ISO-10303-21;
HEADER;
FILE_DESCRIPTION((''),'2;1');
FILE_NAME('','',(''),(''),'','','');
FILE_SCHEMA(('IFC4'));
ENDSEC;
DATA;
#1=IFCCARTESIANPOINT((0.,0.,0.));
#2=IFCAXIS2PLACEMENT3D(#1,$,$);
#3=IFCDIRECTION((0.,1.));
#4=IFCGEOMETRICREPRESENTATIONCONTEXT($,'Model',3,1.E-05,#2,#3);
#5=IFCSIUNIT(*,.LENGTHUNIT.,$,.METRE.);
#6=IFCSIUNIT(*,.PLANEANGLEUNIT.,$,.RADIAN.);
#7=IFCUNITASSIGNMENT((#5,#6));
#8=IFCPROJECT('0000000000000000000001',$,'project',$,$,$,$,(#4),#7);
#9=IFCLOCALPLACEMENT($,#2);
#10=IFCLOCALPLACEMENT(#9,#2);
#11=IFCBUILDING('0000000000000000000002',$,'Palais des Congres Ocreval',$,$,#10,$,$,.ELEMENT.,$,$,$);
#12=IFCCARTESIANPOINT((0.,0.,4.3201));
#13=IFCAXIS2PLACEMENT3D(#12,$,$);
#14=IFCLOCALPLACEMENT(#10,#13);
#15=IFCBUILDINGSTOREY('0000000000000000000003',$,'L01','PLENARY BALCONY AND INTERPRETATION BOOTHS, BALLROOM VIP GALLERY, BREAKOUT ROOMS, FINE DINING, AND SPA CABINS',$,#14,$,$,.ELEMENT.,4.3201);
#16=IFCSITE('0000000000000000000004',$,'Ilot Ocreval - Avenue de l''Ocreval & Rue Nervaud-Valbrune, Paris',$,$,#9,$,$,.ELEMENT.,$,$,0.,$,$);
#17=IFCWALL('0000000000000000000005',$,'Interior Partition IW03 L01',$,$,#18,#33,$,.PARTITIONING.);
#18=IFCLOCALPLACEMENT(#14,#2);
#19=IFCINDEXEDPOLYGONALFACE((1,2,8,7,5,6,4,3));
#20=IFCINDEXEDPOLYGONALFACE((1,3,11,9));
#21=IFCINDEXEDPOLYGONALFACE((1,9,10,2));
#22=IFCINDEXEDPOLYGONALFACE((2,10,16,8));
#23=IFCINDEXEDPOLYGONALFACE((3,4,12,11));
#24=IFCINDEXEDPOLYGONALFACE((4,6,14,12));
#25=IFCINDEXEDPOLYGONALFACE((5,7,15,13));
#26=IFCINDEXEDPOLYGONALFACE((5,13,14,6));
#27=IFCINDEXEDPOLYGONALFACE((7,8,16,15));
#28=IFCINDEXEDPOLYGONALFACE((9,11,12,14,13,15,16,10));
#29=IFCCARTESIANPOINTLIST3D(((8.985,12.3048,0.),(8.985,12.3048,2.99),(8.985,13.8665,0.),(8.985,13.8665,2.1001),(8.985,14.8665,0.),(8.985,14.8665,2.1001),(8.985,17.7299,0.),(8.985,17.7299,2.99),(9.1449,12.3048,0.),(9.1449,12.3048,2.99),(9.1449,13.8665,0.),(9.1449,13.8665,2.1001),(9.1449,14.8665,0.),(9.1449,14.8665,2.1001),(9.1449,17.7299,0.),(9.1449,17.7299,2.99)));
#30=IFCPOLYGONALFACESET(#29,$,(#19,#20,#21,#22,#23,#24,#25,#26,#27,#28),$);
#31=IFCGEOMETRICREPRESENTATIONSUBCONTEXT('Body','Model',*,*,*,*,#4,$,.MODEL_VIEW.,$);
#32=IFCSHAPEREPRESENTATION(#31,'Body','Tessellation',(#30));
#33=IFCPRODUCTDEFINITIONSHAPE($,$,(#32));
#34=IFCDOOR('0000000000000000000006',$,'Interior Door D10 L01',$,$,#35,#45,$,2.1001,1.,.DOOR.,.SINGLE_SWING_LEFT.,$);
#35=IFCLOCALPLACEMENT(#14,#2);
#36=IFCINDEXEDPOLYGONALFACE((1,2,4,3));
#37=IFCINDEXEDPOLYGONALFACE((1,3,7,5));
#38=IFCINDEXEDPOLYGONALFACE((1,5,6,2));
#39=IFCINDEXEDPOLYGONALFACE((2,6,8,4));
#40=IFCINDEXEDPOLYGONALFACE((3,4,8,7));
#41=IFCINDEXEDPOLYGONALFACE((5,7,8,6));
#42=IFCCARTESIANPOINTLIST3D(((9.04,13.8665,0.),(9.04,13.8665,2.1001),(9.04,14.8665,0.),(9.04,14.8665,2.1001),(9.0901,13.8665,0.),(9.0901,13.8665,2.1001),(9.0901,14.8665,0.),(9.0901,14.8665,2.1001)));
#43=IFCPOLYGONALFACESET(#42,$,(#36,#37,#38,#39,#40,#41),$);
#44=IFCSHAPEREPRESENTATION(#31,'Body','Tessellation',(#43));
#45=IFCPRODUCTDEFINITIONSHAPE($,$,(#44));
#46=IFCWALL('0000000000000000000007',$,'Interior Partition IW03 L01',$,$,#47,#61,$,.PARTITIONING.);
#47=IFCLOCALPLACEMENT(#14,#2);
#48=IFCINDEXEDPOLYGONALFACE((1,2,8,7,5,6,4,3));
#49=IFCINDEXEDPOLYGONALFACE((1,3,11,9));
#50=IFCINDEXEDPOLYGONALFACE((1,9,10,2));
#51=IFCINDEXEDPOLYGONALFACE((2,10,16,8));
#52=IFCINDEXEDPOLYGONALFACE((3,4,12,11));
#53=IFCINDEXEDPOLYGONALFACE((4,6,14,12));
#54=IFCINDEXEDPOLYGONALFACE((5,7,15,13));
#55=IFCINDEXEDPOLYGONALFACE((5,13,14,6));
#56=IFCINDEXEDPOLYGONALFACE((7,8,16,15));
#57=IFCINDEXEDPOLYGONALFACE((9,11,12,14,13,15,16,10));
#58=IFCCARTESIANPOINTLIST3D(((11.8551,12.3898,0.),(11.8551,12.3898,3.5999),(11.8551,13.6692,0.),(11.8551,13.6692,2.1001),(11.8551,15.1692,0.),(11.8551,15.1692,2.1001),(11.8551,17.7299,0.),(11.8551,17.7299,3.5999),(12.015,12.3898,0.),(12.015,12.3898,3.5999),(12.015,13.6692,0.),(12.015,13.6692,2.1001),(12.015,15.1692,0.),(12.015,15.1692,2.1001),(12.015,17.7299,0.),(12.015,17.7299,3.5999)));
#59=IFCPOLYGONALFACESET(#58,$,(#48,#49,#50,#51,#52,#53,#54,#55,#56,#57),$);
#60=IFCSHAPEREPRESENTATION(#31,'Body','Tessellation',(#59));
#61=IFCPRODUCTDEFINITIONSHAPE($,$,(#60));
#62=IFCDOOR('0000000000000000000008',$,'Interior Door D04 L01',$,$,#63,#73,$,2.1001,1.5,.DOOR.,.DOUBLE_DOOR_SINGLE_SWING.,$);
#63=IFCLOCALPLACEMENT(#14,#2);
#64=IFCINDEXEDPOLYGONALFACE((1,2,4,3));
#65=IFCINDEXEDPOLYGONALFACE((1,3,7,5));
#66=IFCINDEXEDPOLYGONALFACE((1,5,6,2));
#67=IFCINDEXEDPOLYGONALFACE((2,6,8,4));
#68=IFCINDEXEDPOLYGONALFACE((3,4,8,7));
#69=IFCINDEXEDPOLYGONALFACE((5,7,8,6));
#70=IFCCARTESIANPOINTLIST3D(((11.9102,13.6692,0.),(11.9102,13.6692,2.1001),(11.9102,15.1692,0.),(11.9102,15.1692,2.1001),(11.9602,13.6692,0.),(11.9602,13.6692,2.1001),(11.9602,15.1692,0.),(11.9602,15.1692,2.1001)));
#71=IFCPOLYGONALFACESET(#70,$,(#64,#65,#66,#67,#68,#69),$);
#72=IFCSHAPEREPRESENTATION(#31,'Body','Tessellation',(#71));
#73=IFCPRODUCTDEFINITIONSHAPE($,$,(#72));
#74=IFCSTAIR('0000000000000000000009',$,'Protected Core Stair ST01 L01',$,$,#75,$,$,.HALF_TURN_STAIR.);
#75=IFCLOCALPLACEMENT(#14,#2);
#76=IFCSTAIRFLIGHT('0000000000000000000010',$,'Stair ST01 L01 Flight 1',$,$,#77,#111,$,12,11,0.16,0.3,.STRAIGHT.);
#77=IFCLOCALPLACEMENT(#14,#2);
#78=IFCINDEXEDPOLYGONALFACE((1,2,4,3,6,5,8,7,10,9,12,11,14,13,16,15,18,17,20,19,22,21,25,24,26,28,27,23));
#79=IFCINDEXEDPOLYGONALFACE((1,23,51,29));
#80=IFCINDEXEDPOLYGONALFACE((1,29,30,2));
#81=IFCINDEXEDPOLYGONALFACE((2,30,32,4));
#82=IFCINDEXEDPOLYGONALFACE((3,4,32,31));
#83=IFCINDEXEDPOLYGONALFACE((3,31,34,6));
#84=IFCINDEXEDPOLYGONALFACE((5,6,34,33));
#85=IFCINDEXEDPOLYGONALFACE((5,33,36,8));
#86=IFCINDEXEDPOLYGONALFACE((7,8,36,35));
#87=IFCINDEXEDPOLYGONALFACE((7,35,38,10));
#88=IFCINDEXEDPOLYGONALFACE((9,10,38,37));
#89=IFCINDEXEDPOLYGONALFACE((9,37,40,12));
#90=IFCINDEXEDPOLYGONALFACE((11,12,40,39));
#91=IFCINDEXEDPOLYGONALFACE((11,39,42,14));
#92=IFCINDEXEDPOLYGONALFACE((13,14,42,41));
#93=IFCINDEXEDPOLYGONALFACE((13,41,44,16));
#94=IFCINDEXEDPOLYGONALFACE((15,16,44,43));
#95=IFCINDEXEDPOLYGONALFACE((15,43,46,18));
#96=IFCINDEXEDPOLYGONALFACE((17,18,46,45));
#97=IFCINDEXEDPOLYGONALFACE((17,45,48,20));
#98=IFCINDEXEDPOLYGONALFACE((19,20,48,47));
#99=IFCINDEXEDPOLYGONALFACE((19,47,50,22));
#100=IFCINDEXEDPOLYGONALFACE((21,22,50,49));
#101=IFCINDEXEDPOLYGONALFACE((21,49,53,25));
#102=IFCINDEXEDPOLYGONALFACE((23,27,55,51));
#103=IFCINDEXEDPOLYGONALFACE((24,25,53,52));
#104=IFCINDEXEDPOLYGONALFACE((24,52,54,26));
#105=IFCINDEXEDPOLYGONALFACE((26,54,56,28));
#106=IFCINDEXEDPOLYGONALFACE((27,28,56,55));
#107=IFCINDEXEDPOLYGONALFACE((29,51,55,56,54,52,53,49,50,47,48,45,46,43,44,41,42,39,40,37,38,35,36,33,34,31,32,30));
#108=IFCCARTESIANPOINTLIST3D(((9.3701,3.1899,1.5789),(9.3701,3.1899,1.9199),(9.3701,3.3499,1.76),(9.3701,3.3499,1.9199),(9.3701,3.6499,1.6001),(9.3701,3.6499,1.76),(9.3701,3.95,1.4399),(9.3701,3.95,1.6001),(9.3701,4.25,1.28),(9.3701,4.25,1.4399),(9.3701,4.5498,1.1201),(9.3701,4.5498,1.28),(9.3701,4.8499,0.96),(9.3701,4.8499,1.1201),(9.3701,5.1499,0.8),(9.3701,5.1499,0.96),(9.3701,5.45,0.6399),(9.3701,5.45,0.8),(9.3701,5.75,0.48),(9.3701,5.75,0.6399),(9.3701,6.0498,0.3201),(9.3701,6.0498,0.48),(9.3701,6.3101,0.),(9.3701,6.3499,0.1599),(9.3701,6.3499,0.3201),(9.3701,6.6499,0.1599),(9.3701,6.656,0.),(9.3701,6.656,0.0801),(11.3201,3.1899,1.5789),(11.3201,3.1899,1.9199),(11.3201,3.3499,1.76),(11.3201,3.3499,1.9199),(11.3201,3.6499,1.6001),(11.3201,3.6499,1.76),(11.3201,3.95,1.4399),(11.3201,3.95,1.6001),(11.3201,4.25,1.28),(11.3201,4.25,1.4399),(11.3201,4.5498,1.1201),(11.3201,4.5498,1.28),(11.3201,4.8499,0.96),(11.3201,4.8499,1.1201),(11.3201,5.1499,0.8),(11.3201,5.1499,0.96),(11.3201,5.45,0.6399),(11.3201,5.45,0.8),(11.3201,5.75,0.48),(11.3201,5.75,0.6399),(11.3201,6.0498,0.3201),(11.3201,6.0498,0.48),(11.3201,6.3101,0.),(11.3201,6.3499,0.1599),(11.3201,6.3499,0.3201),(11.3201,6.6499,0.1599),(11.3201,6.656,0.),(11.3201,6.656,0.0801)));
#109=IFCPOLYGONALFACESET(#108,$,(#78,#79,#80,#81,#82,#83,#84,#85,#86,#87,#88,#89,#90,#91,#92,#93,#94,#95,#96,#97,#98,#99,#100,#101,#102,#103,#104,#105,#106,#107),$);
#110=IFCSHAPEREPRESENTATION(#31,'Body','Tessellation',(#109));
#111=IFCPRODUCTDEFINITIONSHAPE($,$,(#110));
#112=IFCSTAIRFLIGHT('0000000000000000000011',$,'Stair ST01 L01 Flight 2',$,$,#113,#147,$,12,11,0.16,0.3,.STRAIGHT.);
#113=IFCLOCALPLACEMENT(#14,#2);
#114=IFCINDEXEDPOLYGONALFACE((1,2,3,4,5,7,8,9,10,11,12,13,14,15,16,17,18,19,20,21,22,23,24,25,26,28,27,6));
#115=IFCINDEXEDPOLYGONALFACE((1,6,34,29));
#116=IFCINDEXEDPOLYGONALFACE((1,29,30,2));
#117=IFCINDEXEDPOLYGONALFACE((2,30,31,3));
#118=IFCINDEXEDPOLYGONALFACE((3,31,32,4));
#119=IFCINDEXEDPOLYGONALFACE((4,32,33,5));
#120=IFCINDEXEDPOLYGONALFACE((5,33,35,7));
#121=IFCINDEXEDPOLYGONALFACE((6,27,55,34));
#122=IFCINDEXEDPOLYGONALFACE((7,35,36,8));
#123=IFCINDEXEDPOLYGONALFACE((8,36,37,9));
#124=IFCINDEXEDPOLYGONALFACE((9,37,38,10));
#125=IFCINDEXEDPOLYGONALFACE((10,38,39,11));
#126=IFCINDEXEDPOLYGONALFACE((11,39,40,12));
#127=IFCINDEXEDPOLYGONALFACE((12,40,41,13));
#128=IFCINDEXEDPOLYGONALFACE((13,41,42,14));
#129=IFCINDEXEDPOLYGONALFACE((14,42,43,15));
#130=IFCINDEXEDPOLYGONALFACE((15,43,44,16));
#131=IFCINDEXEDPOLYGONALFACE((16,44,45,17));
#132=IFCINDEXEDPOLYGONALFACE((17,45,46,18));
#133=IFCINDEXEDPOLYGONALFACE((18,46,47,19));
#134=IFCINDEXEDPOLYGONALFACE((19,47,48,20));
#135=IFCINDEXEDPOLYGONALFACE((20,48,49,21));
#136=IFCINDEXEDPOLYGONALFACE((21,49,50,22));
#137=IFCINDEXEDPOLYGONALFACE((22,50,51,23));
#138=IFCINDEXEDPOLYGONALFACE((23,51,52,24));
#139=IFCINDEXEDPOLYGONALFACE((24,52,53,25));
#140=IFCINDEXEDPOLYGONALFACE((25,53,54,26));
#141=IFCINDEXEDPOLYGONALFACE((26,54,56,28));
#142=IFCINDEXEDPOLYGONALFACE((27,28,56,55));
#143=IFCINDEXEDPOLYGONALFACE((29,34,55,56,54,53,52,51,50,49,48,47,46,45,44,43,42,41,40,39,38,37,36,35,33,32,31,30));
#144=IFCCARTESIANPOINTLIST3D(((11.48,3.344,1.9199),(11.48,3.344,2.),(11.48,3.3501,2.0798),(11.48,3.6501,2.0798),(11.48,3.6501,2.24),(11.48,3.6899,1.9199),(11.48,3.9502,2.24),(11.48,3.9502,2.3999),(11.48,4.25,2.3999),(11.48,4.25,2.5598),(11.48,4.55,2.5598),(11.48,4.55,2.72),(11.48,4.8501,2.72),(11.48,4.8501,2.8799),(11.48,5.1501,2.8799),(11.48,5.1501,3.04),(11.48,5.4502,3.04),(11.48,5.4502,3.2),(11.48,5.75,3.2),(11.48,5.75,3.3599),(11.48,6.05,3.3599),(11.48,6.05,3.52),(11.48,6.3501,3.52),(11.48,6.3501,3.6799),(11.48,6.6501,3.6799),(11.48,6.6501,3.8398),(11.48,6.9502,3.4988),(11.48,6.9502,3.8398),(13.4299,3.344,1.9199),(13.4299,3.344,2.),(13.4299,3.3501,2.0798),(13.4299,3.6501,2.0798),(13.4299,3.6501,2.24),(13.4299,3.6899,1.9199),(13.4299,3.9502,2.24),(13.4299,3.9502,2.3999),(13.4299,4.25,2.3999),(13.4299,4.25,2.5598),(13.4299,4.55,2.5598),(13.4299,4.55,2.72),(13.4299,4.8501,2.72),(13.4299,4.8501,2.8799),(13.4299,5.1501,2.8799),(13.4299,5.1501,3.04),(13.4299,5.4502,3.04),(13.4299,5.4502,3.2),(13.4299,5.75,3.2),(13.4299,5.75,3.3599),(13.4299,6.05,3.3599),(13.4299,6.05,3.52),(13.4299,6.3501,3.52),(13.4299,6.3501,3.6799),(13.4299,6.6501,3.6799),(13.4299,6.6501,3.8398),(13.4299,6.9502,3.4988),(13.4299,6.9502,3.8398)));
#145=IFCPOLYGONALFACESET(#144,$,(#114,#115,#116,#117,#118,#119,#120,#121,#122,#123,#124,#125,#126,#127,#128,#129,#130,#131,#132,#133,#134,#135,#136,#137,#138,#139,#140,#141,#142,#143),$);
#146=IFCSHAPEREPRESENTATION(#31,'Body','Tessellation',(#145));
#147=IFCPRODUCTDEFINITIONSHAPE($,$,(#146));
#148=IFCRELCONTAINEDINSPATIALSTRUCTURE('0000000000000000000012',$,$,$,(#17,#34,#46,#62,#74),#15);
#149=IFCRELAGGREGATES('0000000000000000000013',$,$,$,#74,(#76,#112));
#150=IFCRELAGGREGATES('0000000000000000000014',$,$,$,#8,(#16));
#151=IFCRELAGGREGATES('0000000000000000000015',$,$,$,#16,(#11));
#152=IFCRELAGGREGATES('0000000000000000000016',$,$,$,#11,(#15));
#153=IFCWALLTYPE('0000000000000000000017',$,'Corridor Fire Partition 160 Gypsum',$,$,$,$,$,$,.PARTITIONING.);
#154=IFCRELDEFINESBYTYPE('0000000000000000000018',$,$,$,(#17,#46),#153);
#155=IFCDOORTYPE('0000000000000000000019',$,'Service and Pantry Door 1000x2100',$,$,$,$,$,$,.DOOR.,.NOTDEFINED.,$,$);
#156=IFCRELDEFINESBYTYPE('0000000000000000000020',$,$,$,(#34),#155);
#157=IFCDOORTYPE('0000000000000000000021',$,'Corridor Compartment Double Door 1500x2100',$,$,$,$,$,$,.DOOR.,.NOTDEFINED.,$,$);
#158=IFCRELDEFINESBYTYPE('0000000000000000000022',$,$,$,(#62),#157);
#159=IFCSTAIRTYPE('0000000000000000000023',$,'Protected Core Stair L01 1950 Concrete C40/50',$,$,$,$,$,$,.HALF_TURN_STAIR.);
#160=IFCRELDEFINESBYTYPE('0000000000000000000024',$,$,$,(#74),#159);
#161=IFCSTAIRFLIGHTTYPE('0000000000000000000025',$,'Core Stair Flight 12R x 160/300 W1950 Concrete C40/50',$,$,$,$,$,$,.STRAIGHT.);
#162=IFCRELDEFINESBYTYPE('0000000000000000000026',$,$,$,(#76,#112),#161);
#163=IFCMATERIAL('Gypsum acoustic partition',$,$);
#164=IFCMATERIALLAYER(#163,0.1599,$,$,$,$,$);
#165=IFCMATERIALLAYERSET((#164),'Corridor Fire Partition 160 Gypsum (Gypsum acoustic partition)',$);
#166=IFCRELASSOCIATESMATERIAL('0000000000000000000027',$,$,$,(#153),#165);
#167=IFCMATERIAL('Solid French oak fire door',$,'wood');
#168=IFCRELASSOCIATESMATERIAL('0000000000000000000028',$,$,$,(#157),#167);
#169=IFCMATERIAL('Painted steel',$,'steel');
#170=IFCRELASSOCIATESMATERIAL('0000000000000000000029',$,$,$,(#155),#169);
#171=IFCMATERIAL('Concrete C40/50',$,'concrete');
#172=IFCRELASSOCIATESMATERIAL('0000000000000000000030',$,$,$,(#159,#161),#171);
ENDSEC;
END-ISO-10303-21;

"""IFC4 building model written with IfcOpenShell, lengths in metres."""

from ifc_helpers import new_model, si_unit, direction, frame, frame_2d, origin, place, context, subcontext, project, spatial, polyline, rectangle, outline, extrude, material, layer, layer_set, type_object, element, fill, aggregate, save


model = new_model("IFC4")

# Units and contexts
model_context = context("Model", 3, precision=1e-05, world=origin(), true_north=direction((0.0, 1.0)))
body_context = subcontext(model_context, "Body", "Model", "MODEL_VIEW")
ifc_project = project(units=[si_unit("LENGTHUNIT", "METRE"), si_unit("PLANEANGLEUNIT", "RADIAN")], contexts=[model_context])

# Site, building, storey
site_placement = place(None, origin())
site = spatial("IfcSite", under=ifc_project, at=site_placement, Name="Ilot Ocreval - Avenue de l'Ocreval & Rue Nervaud-Valbrune, Paris", CompositionType="ELEMENT", RefElevation=0.0)
building_placement = place(site_placement, origin())
building = spatial("IfcBuilding", under=site, at=building_placement, Name="Palais des Congres Ocreval", CompositionType="ELEMENT")
storey_placement = place(building_placement, frame((0.0, 0.0, 4.3201)))
storey = spatial("IfcBuildingStorey", under=building, at=storey_placement, Name="L01", Description="PLENARY BALCONY AND INTERPRETATION BOOTHS, BALLROOM VIP GALLERY, BREAKOUT ROOMS, FINE DINING, AND SPA CABINS", CompositionType="ELEMENT", Elevation=4.3201)

# Shared definitions
ifc_material_1 = material(Name="Concrete C40/50", Category="concrete")

# Shared definitions
ifc_material_2 = material(Name="Gypsum acoustic partition")
ifc_layer_1 = layer(ifc_material_2, 0.1599)
ifc_layer_set_1 = layer_set([ifc_layer_1], Name="Corridor Fire Partition 160 Gypsum (Gypsum acoustic partition)")
wall_type_1 = type_object("IfcWallType", Name="Corridor Fire Partition 160 Gypsum", PredefinedType="PARTITIONING", material=ifc_layer_set_1)

# Walls, openings, doors
ifc_material_3 = material(Name="Solid French oak fire door", Category="wood")
door_type_1 = type_object("IfcDoorType", Name="Corridor Compartment Double Door 1500x2100", OperationType="NOTDEFINED", PredefinedType="DOOR", material=ifc_material_3)
wall_1_placement = place(storey_placement, frame((9.0649, 12.3049, 0.0), z_axis=(0.0, 0.0, 1.0), x_axis=(0.0, 1.0, 0.0)))
wall_1 = element("IfcWall", 1, at=wall_1_placement, inside=storey, type_object=wall_type_1, Name="Interior Partition IW03 L01", PredefinedType="PARTITIONING", context=body_context, shape_type="SweptSolid", body=[
    extrude(rectangle(XDim=5.425, YDim=0.1599, at=frame_2d((2.7124, 0.0))), origin(), (0.0, 0.0, 1.0), 2.99),
])
opening_1_placement = place(wall_1_placement, frame((1.5615, 0.0, 0.0)))
opening_1 = element("IfcOpeningElement", 2, at=opening_1_placement, cuts=wall_1, PredefinedType="OPENING", context=body_context, shape_type="SweptSolid", body=[
    extrude(rectangle(XDim=1.0, YDim=2.1001, at=frame_2d((0.5, 1.05))), frame((0.0, 0.0898, 0.0), z_axis=(0.0, -1.0, 0.0), x_axis=(1.0, 0.0, 0.0)), (0.0, 0.0, 1.0), 0.1799),
])
ifc_material_4 = material(Name="Painted steel", Category="steel")
door_type_2 = type_object("IfcDoorType", Name="Service and Pantry Door 1000x2100", OperationType="NOTDEFINED", PredefinedType="DOOR", material=ifc_material_4)
door_1_placement = place(opening_1_placement, origin())
door_1 = element("IfcDoor", 3, at=door_1_placement, inside=storey, type_object=door_type_2, Name="Interior Door D10 L01", OperationType="SINGLE_SWING_LEFT", OverallHeight=2.1001, OverallWidth=1.0, PredefinedType="DOOR", context=body_context, shape_type="SweptSolid", body=[
    extrude(rectangle(XDim=1.0, YDim=2.1001, at=frame_2d((0.5, 1.05))), frame((0.0, 0.0249, 0.0), z_axis=(0.0, -1.0, 0.0), x_axis=(1.0, 0.0, 0.0)), (0.0, 0.0, 1.0), 0.05),
])
fill(opening_1, door_1)
wall_2_placement = place(storey_placement, frame((11.9351, 12.3899, 0.0), z_axis=(0.0, 0.0, 1.0), x_axis=(0.0, 1.0, 0.0)))
wall_2 = element("IfcWall", 4, at=wall_2_placement, inside=storey, type_object=wall_type_1, Name="Interior Partition IW03 L01", PredefinedType="PARTITIONING", context=body_context, shape_type="SweptSolid", body=[
    extrude(rectangle(XDim=5.3401, YDim=0.1599, at=frame_2d((2.6699, 0.0))), origin(), (0.0, 0.0, 1.0), 3.5999),
])
opening_2_placement = place(wall_2_placement, frame((1.2793, 0.0, 0.0)))
opening_2 = element("IfcOpeningElement", 5, at=opening_2_placement, cuts=wall_2, PredefinedType="OPENING", context=body_context, shape_type="SweptSolid", body=[
    extrude(rectangle(XDim=1.5, YDim=2.1001, at=frame_2d((0.75, 1.05))), frame((0.0, 0.0898, 0.0), z_axis=(0.0, -1.0, 0.0), x_axis=(1.0, 0.0, 0.0)), (0.0, 0.0, 1.0), 0.1799),
])
door_2_placement = place(opening_2_placement, origin())
door_2 = element("IfcDoor", 6, at=door_2_placement, inside=storey, type_object=door_type_1, Name="Interior Door D04 L01", OperationType="DOUBLE_DOOR_SINGLE_SWING", OverallHeight=2.1001, OverallWidth=1.5, PredefinedType="DOOR", context=body_context, shape_type="SweptSolid", body=[
    extrude(rectangle(XDim=1.5, YDim=2.1001, at=frame_2d((0.75, 1.05))), frame((0.0, 0.0249, 0.0), z_axis=(0.0, -1.0, 0.0), x_axis=(1.0, 0.0, 0.0)), (0.0, 0.0, 1.0), 0.05),
])
fill(opening_2, door_2)

# Stair, stair flights
stair_type = type_object("IfcStairType", Name="Protected Core Stair L01 1950 Concrete C40/50", PredefinedType="HALF_TURN_STAIR", material=ifc_material_1)
stair_placement = place(storey_placement, origin())
stair = element("IfcStair", 7, at=stair_placement, inside=storey, type_object=stair_type, Name="Protected Core Stair ST01 L01", PredefinedType="HALF_TURN_STAIR")
stair_flight_type = type_object("IfcStairFlightType", Name="Core Stair Flight 12R x 160/300 W1950 Concrete C40/50", PredefinedType="STRAIGHT", material=ifc_material_1)
stair_flight_1_placement = place(storey_placement, frame((10.345, 6.6499, 0.0), z_axis=(0.0, 0.0, 1.0), x_axis=(0.0, -1.0, 0.0)))
stair_flight_1 = element("IfcStairFlight", 8, at=stair_flight_1_placement, type_object=stair_flight_type, Name="Stair ST01 L01 Flight 1", NumberOfRisers=12, NumberOfTreads=11, PredefinedType="STRAIGHT", RiserHeight=0.16, TreadLength=0.3, context=body_context, shape_type="SweptSolid", body=[
    extrude(outline(polyline([(-0.0061, 0.0), (-0.0061, 0.0801), (0.0, 0.1599), (0.3, 0.1599), (0.3, 0.3201), (0.6001, 0.3201), (0.6001, 0.48), (0.8999, 0.48), (0.8999, 0.6399), (1.2, 0.6399), (1.2, 0.8), (1.5, 0.8), (1.5, 0.96), (1.8, 0.96), (1.8, 1.1201), (2.1001, 1.1201), (2.1001, 1.28), (2.3999, 1.28), (2.3999, 1.4399), (2.7, 1.4399), (2.7, 1.6001), (3.0, 1.6001), (3.0, 1.76), (3.3, 1.76), (3.3, 1.9199), (3.46, 1.9199), (3.46, 1.5789), (0.3398, 0.0), (-0.0061, 0.0)])), frame((0.0, 0.9751, 0.0), z_axis=(0.0, -1.0, 0.0), x_axis=(1.0, 0.0, 0.0)), (0.0, 0.0, 1.0), 1.95),
])
stair_flight_2_placement = place(storey_placement, frame((12.4551, 3.3501, 1.9199), z_axis=(0.0, 0.0, 1.0), x_axis=(0.0, 1.0, 0.0)))
stair_flight_2 = element("IfcStairFlight", 9, at=stair_flight_2_placement, type_object=stair_flight_type, Name="Stair ST01 L01 Flight 2", NumberOfRisers=12, NumberOfTreads=11, PredefinedType="STRAIGHT", RiserHeight=0.16, TreadLength=0.3, context=body_context, shape_type="SweptSolid", body=[
    extrude(outline(polyline([(-0.0061, 0.0), (-0.0061, 0.0801), (0.0, 0.1599), (0.3, 0.1599), (0.3, 0.3201), (0.6001, 0.3201), (0.6001, 0.48), (0.8999, 0.48), (0.8999, 0.6399), (1.2, 0.6399), (1.2, 0.8), (1.5, 0.8), (1.5, 0.96), (1.8, 0.96), (1.8, 1.1201), (2.1001, 1.1201), (2.1001, 1.28), (2.3999, 1.28), (2.3999, 1.4399), (2.7, 1.4399), (2.7, 1.6001), (3.0, 1.6001), (3.0, 1.76), (3.3, 1.76), (3.3, 1.9199), (3.6001, 1.9199), (3.6001, 1.5789), (0.3398, 0.0), (-0.0061, 0.0)])), frame((0.0, 0.9751, 0.0), z_axis=(0.0, -1.0, 0.0), x_axis=(1.0, 0.0, 0.0)), (0.0, 0.0, 1.0), 1.95),
])
aggregate(stair, [stair_flight_1, stair_flight_2])

save(model, "model.ifc")
